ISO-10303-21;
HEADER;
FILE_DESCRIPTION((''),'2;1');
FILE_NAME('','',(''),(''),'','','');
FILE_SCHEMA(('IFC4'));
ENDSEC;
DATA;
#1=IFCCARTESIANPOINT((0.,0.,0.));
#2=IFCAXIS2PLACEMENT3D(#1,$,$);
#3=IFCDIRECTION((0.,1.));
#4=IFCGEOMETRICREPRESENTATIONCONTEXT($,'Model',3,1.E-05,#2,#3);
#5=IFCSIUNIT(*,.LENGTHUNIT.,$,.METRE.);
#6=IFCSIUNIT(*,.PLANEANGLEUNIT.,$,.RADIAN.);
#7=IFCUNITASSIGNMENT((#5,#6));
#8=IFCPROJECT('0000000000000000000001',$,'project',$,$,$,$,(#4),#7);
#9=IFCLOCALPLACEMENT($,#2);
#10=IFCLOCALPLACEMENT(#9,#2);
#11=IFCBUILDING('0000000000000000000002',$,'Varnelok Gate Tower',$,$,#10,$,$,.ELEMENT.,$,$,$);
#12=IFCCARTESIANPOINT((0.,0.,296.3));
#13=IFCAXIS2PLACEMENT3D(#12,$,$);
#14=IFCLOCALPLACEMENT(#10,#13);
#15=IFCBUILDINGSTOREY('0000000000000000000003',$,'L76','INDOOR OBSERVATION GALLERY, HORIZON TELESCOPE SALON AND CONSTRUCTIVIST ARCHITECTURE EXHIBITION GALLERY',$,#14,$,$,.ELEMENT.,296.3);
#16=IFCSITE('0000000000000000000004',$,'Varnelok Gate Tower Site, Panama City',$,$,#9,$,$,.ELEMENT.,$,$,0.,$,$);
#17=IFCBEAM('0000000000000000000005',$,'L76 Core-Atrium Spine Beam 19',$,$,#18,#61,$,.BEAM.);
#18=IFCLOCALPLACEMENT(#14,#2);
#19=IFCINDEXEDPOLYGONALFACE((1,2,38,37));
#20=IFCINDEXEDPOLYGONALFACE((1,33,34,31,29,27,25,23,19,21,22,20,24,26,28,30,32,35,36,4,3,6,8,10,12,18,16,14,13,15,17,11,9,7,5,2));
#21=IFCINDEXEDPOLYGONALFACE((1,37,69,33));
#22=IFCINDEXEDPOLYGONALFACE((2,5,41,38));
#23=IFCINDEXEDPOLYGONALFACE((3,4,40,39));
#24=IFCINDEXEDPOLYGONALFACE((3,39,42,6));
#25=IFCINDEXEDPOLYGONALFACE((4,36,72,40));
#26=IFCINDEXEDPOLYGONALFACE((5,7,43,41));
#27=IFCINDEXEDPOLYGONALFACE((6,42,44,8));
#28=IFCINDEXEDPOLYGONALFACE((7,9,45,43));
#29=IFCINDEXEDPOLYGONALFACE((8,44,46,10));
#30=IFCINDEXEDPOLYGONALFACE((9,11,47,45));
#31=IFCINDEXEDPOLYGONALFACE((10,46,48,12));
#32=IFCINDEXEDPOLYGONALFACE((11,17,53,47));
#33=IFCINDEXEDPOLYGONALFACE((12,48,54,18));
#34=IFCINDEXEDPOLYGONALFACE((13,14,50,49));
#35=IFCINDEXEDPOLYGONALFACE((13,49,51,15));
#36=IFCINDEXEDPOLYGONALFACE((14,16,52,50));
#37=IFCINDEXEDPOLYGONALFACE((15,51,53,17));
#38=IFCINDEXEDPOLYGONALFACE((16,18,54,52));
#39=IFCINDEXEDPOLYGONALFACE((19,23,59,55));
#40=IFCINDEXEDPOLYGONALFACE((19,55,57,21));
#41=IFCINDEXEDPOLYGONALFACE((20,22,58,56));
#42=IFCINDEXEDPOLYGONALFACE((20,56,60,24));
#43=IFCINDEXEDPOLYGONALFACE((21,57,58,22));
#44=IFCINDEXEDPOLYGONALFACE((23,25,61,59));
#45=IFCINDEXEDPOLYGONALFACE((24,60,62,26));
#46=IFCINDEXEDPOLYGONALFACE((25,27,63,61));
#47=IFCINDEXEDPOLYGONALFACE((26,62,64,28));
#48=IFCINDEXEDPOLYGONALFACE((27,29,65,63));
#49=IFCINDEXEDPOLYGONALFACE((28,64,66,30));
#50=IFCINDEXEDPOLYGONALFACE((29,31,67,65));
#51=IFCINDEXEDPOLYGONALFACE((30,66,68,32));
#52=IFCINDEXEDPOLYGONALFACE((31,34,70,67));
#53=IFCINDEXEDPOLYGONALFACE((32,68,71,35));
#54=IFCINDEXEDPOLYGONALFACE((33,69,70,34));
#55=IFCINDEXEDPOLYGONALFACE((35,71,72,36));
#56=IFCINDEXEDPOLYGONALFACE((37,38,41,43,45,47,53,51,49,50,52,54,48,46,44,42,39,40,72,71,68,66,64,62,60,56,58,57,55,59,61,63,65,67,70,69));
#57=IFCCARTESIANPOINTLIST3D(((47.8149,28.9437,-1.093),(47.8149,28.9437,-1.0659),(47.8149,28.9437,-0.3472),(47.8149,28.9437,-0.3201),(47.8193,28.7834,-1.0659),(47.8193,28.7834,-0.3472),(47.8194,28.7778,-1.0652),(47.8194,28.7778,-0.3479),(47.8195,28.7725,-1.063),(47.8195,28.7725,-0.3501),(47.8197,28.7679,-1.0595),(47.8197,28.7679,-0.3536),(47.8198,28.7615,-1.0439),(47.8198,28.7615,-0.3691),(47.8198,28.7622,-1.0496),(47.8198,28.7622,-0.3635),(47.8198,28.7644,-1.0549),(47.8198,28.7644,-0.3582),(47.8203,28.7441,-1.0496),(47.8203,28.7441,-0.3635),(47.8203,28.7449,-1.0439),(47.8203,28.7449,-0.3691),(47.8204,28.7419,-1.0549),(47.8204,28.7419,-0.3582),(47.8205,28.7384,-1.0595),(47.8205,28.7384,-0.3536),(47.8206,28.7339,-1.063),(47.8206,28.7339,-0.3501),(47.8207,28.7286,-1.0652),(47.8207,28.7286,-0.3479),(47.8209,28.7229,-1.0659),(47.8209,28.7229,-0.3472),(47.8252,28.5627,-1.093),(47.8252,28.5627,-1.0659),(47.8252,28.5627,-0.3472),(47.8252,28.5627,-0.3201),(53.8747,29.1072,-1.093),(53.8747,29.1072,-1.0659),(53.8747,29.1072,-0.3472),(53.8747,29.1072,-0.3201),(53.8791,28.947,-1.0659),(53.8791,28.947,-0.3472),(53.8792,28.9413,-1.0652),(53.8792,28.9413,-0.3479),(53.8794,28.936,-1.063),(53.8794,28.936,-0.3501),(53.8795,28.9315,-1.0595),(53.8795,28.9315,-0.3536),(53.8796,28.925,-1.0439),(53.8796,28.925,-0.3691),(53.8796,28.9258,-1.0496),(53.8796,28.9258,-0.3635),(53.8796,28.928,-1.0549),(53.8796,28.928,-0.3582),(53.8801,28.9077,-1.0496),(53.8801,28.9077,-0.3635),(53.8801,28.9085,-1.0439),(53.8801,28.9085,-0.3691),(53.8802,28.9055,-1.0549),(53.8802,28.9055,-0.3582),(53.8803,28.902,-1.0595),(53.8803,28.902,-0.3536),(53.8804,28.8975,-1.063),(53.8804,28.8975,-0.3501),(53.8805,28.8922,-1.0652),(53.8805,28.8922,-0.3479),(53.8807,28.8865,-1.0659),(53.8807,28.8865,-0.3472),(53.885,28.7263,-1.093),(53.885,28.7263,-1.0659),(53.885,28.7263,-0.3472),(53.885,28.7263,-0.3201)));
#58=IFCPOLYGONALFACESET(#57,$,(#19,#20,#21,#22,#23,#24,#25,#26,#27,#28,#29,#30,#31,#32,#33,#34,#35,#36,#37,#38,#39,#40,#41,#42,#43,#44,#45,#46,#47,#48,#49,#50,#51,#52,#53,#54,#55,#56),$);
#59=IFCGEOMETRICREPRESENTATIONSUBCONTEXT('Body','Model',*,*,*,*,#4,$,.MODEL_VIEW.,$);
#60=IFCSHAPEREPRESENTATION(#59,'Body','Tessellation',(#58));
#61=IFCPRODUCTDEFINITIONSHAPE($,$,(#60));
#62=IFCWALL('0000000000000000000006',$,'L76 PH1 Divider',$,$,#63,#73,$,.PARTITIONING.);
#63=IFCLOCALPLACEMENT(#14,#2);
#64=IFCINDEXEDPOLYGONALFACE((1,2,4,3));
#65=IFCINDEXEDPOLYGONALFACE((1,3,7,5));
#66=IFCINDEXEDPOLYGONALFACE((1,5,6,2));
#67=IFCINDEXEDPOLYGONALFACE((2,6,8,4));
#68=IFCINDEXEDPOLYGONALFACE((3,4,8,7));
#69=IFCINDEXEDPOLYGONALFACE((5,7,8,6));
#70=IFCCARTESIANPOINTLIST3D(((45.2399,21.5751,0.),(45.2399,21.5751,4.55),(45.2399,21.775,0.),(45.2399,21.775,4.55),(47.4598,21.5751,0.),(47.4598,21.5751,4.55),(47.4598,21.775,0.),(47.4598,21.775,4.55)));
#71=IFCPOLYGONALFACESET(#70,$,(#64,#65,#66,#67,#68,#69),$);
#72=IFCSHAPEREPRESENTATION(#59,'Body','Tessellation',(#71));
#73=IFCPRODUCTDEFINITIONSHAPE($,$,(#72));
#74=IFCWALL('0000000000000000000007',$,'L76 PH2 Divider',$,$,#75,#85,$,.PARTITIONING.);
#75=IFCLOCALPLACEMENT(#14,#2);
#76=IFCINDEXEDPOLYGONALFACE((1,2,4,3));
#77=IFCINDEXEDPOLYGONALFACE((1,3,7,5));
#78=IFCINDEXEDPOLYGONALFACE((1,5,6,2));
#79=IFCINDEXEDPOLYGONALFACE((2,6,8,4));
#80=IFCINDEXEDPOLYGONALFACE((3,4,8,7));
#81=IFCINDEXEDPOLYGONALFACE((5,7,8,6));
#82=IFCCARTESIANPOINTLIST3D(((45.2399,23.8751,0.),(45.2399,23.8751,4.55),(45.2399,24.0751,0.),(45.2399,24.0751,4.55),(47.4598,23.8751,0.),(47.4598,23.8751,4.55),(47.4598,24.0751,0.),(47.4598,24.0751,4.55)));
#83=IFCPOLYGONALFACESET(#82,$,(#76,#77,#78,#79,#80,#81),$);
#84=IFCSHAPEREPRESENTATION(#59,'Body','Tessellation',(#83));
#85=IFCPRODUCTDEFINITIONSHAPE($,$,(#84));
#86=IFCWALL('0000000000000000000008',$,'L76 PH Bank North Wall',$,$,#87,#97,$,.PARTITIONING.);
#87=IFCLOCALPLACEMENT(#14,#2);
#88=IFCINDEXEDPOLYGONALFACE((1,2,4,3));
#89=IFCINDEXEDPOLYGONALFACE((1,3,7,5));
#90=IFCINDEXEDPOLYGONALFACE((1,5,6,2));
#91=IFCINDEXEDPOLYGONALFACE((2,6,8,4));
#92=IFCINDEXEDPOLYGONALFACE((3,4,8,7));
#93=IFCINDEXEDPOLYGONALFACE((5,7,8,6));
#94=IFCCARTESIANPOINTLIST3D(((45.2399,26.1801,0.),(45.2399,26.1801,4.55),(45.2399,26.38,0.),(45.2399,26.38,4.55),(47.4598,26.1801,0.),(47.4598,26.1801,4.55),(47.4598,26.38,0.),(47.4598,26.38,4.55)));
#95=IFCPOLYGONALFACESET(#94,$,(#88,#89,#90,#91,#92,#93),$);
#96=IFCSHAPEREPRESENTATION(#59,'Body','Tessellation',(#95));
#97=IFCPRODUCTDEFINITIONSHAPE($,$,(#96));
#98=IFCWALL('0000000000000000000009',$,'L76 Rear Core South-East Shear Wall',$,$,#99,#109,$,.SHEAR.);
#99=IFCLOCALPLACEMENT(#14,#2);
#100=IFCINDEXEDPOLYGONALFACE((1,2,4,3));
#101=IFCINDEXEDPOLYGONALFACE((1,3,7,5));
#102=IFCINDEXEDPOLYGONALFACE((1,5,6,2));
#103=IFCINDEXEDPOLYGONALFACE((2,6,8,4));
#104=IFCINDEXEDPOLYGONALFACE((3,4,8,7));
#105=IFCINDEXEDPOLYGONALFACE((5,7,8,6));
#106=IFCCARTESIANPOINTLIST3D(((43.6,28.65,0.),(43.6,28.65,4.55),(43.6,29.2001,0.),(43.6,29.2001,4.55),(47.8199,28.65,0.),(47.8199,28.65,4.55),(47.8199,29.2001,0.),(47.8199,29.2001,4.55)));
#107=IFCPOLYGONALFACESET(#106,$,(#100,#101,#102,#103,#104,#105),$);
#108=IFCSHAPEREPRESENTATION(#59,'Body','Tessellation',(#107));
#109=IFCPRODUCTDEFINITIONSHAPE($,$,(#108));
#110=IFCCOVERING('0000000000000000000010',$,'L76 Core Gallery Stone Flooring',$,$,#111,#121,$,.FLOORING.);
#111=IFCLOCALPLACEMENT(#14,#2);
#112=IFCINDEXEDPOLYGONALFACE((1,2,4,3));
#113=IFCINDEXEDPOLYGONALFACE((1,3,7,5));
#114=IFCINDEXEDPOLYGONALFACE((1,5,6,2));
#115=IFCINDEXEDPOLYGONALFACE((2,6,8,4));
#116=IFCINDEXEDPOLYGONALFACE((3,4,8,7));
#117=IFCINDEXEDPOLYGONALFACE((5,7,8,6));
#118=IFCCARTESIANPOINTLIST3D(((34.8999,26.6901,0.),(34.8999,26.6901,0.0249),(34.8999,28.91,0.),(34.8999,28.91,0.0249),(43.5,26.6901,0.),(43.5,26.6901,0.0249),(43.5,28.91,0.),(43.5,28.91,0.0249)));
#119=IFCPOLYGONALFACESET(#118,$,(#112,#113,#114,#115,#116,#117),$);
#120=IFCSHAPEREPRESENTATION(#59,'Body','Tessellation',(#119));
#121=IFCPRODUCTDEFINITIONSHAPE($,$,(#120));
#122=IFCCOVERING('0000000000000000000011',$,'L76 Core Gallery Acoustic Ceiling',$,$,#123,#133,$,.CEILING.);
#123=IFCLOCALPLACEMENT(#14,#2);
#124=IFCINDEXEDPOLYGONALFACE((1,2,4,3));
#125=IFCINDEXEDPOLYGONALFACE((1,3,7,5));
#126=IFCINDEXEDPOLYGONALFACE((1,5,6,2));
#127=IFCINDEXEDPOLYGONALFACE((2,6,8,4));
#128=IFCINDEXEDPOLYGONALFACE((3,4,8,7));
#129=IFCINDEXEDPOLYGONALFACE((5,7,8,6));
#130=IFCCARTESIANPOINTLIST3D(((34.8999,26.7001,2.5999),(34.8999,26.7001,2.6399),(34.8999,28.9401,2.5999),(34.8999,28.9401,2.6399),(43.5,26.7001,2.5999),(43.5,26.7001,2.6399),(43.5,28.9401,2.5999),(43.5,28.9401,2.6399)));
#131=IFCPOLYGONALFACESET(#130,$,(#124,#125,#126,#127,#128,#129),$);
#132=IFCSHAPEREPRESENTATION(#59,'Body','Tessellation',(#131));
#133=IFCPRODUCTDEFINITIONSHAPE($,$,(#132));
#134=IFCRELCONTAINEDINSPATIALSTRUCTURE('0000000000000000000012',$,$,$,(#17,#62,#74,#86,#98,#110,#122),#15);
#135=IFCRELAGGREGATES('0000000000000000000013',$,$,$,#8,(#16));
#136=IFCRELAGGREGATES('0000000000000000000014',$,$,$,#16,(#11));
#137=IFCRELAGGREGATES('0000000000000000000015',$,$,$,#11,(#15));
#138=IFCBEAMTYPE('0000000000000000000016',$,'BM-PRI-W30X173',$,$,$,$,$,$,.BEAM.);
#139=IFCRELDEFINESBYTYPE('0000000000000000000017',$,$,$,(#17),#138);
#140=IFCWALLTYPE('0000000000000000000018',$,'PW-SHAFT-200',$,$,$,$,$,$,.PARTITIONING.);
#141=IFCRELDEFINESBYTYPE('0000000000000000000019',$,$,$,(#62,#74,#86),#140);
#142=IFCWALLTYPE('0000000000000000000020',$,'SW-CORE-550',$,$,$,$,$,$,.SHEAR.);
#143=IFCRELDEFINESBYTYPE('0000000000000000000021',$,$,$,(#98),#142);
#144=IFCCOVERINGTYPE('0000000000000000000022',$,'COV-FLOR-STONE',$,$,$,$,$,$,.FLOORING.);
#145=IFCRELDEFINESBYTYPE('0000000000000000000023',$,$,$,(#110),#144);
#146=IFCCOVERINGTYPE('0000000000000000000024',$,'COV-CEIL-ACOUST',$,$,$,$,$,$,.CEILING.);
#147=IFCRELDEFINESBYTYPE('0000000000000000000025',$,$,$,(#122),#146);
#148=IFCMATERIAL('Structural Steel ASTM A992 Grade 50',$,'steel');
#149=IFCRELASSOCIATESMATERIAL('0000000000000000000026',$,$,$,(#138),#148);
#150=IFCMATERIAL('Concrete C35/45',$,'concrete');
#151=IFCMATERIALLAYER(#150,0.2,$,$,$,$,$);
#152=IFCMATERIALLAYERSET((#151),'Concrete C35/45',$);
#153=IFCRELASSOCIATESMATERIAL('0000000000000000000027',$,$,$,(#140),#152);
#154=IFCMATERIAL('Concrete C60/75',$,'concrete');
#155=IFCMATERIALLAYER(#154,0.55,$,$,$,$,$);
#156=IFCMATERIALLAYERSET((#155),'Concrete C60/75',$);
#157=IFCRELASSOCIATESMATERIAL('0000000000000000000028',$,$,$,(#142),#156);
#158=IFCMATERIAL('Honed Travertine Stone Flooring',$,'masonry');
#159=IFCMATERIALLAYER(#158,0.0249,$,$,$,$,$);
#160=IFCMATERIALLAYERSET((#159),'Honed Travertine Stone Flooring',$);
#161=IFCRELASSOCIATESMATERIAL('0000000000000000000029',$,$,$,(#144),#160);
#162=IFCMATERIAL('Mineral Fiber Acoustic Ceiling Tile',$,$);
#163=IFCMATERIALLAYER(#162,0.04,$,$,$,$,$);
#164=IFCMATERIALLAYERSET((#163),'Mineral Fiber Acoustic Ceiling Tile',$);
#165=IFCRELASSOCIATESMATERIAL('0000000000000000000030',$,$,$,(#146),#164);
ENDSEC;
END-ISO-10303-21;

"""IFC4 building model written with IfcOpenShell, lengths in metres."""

from ifc_helpers import new_model, si_unit, direction, frame, frame_2d, origin, origin_2d, place, context, subcontext, project, spatial, rectangle, i_section, extrude, source, transform, mapped, material, layer, layer_set, material_profile, profile_set, type_object, element, save


model = new_model("IFC4")

# Units and contexts
model_context = context("Model", 3, precision=1e-05, world=origin(), true_north=direction((0.0, 1.0)))
body_context = subcontext(model_context, "Body", "Model", "MODEL_VIEW")
ifc_project = project(units=[si_unit("LENGTHUNIT", "METRE"), si_unit("PLANEANGLEUNIT", "RADIAN")], contexts=[model_context])

# Site, building, storey
site_placement = place(None, origin())
site = spatial("IfcSite", under=ifc_project, at=site_placement, Name="Varnelok Gate Tower Site, Panama City", CompositionType="ELEMENT", RefElevation=0.0)
building_placement = place(site_placement, origin())
building = spatial("IfcBuilding", under=site, at=building_placement, Name="Varnelok Gate Tower", CompositionType="ELEMENT")
storey_placement = place(building_placement, frame((0.0, 0.0, 296.3)))
storey = spatial("IfcBuildingStorey", under=building, at=storey_placement, Name="L76", Description="INDOOR OBSERVATION GALLERY, HORIZON TELESCOPE SALON AND CONSTRUCTIVIST ARCHITECTURE EXHIBITION GALLERY", CompositionType="ELEMENT", Elevation=296.3)

# Shared definitions
ifc_material_1 = material(Name="Structural Steel ASTM A992 Grade 50", Category="steel")

# Beam
ifc_material_2 = material(Name="Concrete C60/75", Category="concrete")
ifc_material_profile_1 = material_profile(ifc_material_1, i_section(OverallWidth=0.3811, OverallDepth=0.7729, WebThickness=0.0166, FlangeThickness=0.0271, FilletRadius=0.022, at=origin_2d()), Name="W30X173")
ifc_profile_set_1 = profile_set([ifc_material_profile_1], Name="Structural Steel ASTM A992 Grade 50")
beam_type_1 = type_object("IfcBeamType", Name="BM-PRI-W30X173", PredefinedType="BEAM", material=ifc_profile_set_1)
beam_1_placement = place(storey_placement, frame((47.8201, 28.7532, -0.7065), z_axis=(0.999636, 0.026983, 0.0), x_axis=(-0.026983, 0.999636, 0.0)))
element("IfcBeam", 1, at=beam_1_placement, inside=storey, type_object=beam_type_1, Name="L76 Core-Atrium Spine Beam 19", PredefinedType="BEAM", context=body_context, shape_type="SweptSolid", body=[
    extrude(i_section(OverallWidth=0.3811, OverallDepth=0.7729, WebThickness=0.0166, FlangeThickness=0.0271, FilletRadius=0.022, at=origin_2d()), origin(), (0.0, 0.0, 1.0), 6.062),
])

# Walls
ifc_material_3 = material(Name="Concrete C35/45", Category="concrete")
ifc_layer_1 = layer(ifc_material_3, 0.2)
ifc_layer_set_1 = layer_set([ifc_layer_1], Name="Concrete C35/45")
wall_type_1 = type_object("IfcWallType", Name="PW-SHAFT-200", PredefinedType="PARTITIONING", material=ifc_layer_set_1)
for number, where, z_axis, x_axis, name in (
    (2, (45.24, 21.675, 0.0), (0.0, 0.0, 1.0), (1.0, 0.0, 0.0), "L76 PH1 Divider"),
    (3, (45.24, 23.9751, 0.0), (0.0, 0.0, 1.0), (1.0, 0.0, 0.0), "L76 PH2 Divider"),
    (4, (45.24, 26.28, 0.0), (0.0, 0.0, 1.0), (1.0, 0.0, 0.0), "L76 PH Bank North Wall"),
):
    element("IfcWall", number, at=place(storey_placement, frame(where, z_axis=z_axis, x_axis=x_axis)), inside=storey, type_object=wall_type_1, Name=name, PredefinedType="PARTITIONING", context=body_context, shape_type="SweptSolid", body=[
        extrude(rectangle(XDim=2.22, YDim=0.2, at=frame_2d((1.1099, 0.0))), origin(), (0.0, 0.0, 1.0), 4.55),
    ])
ifc_layer_2 = layer(ifc_material_2, 0.55)
ifc_layer_set_2 = layer_set([ifc_layer_2], Name="Concrete C60/75")
wall_type_2 = type_object("IfcWallType", Name="SW-CORE-550", PredefinedType="SHEAR", material=ifc_layer_set_2)
wall_1_placement = place(storey_placement, frame((43.6001, 28.925, 0.0), z_axis=(0.0, 0.0, 1.0), x_axis=(1.0, 0.0, 0.0)))
element("IfcWall", 5, at=wall_1_placement, inside=storey, type_object=wall_type_2, Name="L76 Rear Core South-East Shear Wall", PredefinedType="SHEAR", context=body_context, shape_type="SweptSolid", body=[
    extrude(rectangle(XDim=4.22, YDim=0.55, at=frame_2d((2.1099, 0.0))), origin(), (0.0, 0.0, 1.0), 4.55),
])

# Coverings
ifc_material_4 = material(Name="Honed Travertine Stone Flooring", Category="masonry")
ifc_layer_3 = layer(ifc_material_4, 0.0249)
ifc_layer_set_3 = layer_set([ifc_layer_3], Name="Honed Travertine Stone Flooring")
covering_type_1 = type_object("IfcCoveringType", Name="COV-FLOR-STONE", PredefinedType="FLOORING", material=ifc_layer_set_3)
shared_shape_1 = source(origin(), body_context, "Body", "SweptSolid", [
    extrude(rectangle(XDim=8.6001, YDim=2.22, at=origin_2d()), origin(), (0.0, 0.0, 1.0), 0.0249),
])
covering_1_placement = place(storey_placement, frame((39.2, 27.8, 0.0), z_axis=(0.0, 0.0, 1.0), x_axis=(1.0, 0.0, 0.0)))
element("IfcCovering", 6, at=covering_1_placement, inside=storey, type_object=covering_type_1, Name="L76 Core Gallery Stone Flooring", PredefinedType="FLOORING", context=body_context, shape_type="MappedRepresentation", body=[
    mapped(shared_shape_1, transform((0.0, 0.0, 0.0), scale=1.0)),
])
ifc_material_5 = material(Name="Mineral Fiber Acoustic Ceiling Tile")
ifc_layer_4 = layer(ifc_material_5, 0.04)
ifc_layer_set_4 = layer_set([ifc_layer_4], Name="Mineral Fiber Acoustic Ceiling Tile")
covering_type_2 = type_object("IfcCoveringType", Name="COV-CEIL-ACOUST", PredefinedType="CEILING", material=ifc_layer_set_4)
shared_shape_2 = source(origin(), body_context, "Body", "SweptSolid", [
    extrude(rectangle(XDim=8.6001, YDim=2.24, at=origin_2d()), origin(), (0.0, 0.0, 1.0), 0.04),
])
covering_2_placement = place(storey_placement, frame((39.2, 27.8201, 2.5999), z_axis=(0.0, 0.0, 1.0), x_axis=(1.0, 0.0, 0.0)))
element("IfcCovering", 7, at=covering_2_placement, inside=storey, type_object=covering_type_2, Name="L76 Core Gallery Acoustic Ceiling", PredefinedType="CEILING", context=body_context, shape_type="MappedRepresentation", body=[
    mapped(shared_shape_2, transform((0.0, 0.0, 0.0), scale=1.0)),
])

save(model, "model.ifc")
